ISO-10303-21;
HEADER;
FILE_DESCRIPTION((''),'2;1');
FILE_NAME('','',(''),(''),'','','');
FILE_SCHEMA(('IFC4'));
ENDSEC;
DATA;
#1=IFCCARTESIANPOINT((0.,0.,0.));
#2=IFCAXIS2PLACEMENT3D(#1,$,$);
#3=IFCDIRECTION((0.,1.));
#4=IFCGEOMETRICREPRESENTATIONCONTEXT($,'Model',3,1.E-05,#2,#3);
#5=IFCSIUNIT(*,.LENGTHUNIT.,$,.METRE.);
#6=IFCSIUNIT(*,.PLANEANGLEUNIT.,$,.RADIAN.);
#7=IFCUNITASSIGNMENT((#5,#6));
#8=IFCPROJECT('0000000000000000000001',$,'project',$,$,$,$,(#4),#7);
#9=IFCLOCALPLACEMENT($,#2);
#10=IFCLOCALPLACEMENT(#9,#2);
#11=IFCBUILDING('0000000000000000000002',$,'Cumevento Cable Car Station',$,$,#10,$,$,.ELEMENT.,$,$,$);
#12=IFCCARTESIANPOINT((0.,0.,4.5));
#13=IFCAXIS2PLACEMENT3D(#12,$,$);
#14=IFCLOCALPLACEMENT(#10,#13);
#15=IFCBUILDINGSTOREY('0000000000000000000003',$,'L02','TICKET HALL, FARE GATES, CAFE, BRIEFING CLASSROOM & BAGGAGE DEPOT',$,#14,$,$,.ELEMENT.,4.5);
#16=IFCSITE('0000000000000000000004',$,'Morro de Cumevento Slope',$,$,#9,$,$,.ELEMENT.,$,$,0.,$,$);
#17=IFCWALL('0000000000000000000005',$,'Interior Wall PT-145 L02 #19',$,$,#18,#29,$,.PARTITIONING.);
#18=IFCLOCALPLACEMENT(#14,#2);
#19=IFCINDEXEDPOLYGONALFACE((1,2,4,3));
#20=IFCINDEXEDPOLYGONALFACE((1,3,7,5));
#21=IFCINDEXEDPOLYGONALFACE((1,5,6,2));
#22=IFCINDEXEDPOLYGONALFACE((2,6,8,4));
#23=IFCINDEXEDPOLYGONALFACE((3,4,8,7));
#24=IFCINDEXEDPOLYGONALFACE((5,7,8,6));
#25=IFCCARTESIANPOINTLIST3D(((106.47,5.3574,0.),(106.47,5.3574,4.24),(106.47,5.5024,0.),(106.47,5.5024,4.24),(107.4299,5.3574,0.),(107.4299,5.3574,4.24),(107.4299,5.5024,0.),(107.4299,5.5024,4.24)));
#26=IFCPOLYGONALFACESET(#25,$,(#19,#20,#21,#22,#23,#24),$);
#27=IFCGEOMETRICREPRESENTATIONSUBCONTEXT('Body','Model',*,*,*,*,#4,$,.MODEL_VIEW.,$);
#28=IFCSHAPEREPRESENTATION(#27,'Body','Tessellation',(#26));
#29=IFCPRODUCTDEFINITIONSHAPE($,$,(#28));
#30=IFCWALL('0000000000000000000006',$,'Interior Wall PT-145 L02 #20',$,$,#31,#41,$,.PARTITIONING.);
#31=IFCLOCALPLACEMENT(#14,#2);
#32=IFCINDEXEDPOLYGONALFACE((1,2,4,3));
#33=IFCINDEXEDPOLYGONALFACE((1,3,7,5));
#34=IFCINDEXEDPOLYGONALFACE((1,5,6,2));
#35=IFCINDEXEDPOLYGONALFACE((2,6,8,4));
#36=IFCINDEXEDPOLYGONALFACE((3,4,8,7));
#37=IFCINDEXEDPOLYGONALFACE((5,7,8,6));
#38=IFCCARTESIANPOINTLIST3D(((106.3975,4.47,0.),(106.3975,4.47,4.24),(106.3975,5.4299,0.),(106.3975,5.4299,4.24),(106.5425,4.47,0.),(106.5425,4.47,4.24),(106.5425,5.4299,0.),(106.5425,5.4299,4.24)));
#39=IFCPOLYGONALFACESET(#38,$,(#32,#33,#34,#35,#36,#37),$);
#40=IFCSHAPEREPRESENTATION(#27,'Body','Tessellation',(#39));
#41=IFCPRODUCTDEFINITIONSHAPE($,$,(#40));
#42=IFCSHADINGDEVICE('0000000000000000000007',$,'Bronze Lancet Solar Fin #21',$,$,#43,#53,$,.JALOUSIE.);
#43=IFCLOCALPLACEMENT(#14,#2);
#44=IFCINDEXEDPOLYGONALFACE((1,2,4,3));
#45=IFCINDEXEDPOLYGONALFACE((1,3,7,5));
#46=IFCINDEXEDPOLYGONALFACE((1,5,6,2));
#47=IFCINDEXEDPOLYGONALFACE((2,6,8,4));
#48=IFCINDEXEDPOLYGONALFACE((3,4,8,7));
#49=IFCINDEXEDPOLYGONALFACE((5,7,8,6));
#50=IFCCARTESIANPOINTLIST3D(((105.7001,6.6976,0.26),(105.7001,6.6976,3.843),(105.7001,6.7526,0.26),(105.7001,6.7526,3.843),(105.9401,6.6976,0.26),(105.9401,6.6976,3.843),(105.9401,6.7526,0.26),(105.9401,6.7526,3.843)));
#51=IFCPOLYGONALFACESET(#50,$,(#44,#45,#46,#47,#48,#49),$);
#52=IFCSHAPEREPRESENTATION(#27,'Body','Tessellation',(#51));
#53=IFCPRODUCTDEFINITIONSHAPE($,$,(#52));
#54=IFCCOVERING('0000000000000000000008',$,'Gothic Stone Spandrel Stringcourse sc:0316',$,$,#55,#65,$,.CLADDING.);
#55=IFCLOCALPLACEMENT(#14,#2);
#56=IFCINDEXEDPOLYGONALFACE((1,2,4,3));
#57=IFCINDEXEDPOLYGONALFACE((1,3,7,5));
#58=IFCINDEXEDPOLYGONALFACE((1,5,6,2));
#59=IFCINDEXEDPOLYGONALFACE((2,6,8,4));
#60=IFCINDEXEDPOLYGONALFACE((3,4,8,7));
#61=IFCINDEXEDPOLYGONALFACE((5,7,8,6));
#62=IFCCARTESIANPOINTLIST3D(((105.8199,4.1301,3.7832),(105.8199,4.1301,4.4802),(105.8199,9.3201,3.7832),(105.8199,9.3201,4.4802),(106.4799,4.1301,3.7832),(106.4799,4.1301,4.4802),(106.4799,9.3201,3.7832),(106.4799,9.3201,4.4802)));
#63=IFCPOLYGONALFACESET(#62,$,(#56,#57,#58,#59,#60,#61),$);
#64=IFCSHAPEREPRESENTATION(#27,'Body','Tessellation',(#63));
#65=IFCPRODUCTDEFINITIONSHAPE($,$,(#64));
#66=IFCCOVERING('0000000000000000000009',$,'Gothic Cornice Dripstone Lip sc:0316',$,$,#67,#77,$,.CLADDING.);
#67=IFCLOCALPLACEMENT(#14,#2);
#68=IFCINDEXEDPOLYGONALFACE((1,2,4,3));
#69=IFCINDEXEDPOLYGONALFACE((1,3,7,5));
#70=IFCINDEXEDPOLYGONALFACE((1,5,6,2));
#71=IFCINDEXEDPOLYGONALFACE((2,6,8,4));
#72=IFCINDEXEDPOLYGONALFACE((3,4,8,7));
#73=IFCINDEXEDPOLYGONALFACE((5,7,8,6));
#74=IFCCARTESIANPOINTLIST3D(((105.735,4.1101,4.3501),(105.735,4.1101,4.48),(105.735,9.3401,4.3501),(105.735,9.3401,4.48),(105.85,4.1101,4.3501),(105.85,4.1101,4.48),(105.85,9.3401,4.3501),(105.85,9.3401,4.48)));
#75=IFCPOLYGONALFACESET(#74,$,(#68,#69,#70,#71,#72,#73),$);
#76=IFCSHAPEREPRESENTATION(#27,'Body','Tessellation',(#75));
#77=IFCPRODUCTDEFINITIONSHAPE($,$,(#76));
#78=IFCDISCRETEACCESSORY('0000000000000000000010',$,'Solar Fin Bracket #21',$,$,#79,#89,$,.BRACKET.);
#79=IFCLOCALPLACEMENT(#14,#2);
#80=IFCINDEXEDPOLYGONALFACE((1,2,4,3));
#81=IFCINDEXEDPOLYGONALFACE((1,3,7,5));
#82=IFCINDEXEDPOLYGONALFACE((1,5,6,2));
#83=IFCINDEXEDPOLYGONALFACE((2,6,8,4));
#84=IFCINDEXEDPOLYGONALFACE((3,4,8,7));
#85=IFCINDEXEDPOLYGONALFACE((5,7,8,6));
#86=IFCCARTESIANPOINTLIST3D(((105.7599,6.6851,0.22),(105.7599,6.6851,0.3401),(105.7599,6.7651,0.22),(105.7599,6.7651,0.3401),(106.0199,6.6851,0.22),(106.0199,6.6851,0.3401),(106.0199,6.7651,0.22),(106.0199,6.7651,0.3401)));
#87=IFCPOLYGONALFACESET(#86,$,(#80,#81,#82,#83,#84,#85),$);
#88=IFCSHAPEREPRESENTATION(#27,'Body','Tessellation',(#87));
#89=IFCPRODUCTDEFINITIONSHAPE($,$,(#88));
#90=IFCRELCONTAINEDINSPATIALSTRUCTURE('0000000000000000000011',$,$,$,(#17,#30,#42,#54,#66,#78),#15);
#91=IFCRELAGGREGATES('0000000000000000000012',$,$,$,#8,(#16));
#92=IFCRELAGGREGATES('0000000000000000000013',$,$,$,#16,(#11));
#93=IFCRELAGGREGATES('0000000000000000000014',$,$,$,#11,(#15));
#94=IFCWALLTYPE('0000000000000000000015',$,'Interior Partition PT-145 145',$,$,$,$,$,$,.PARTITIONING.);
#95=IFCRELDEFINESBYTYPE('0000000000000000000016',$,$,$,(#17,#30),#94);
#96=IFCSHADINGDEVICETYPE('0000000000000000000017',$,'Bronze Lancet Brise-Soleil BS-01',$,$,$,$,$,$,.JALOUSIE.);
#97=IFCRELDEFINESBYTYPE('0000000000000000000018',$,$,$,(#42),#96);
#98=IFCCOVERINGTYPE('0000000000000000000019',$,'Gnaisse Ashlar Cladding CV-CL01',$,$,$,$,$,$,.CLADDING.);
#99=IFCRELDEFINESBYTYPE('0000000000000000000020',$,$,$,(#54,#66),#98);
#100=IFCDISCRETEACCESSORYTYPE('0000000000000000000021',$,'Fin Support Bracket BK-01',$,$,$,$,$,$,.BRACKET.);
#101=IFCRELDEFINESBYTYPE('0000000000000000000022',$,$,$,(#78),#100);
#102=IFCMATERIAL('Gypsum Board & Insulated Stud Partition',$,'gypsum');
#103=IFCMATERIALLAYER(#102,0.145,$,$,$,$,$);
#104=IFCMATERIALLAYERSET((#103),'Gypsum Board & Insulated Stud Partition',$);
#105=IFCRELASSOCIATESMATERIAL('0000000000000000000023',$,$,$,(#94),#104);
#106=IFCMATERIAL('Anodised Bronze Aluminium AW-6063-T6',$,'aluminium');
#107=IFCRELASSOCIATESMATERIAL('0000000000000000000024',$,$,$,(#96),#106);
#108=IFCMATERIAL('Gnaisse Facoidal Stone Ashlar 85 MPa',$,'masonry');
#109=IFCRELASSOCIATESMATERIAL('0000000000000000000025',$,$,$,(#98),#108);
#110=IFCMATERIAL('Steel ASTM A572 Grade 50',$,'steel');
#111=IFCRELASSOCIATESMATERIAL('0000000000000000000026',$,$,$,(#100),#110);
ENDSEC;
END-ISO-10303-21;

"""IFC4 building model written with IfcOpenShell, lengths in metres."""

from ifc_helpers import new_model, si_unit, direction, frame, frame_2d, origin, origin_2d, place, context, subcontext, project, spatial, rectangle, extrude, material, layer, layer_set, type_object, element, save


model = new_model("IFC4")

# Units and contexts
model_context = context("Model", 3, precision=1e-05, world=origin(), true_north=direction((0.0, 1.0)))
body_context = subcontext(model_context, "Body", "Model", "MODEL_VIEW")
ifc_project = project(units=[si_unit("LENGTHUNIT", "METRE"), si_unit("PLANEANGLEUNIT", "RADIAN")], contexts=[model_context])

# Site, building, storey
site_placement = place(None, origin())
site = spatial("IfcSite", under=ifc_project, at=site_placement, Name="Morro de Cumevento Slope", CompositionType="ELEMENT", RefElevation=0.0)
building_placement = place(site_placement, origin())
building = spatial("IfcBuilding", under=site, at=building_placement, Name="Cumevento Cable Car Station", CompositionType="ELEMENT")
storey_placement = place(building_placement, frame((0.0, 0.0, 4.5)))
storey = spatial("IfcBuildingStorey", under=building, at=storey_placement, Name="L02", Description="TICKET HALL, FARE GATES, CAFE, BRIEFING CLASSROOM & BAGGAGE DEPOT", CompositionType="ELEMENT", Elevation=4.5)

# Walls
ifc_material_1 = material(Name="Gypsum Board & Insulated Stud Partition", Category="gypsum")
ifc_layer_1 = layer(ifc_material_1, 0.145)
ifc_layer_set_1 = layer_set([ifc_layer_1], Name="Gypsum Board & Insulated Stud Partition")
wall_type = type_object("IfcWallType", Name="Interior Partition PT-145 145", PredefinedType="PARTITIONING", material=ifc_layer_set_1)
for number, where, z_axis, x_axis, name in (
    (1, (107.4299, 5.4299, 0.0), (0.0, 0.0, 1.0), (-1.0, 0.0, 0.0), "Interior Wall PT-145 L02 #19"),
    (2, (106.47, 5.4299, 0.0), (0.0, 0.0, 1.0), (0.0, -1.0, 0.0), "Interior Wall PT-145 L02 #20"),
):
    element("IfcWall", number, at=place(storey_placement, frame(where, z_axis=z_axis, x_axis=x_axis)), inside=storey, type_object=wall_type, Name=name, PredefinedType="PARTITIONING", context=body_context, shape_type="SweptSolid", body=[
        extrude(rectangle(XDim=0.96, YDim=0.145, at=frame_2d((0.48, 0.0))), origin(), (0.0, 0.0, 1.0), 4.24),
    ])

# Shading device
ifc_material_2 = material(Name="Anodised Bronze Aluminium AW-6063-T6", Category="aluminium")
shading_device_type = type_object("IfcShadingDeviceType", Name="Bronze Lancet Brise-Soleil BS-01", PredefinedType="JALOUSIE", material=ifc_material_2)
shading_device_placement = place(storey_placement, frame((105.8201, 6.7251, 0.26), z_axis=(0.0, 0.0, 1.0), x_axis=(0.0, 1.0, 0.0)))
element("IfcShadingDevice", 3, at=shading_device_placement, inside=storey, type_object=shading_device_type, Name="Bronze Lancet Solar Fin #21", PredefinedType="JALOUSIE", context=body_context, shape_type="SweptSolid", body=[
    extrude(rectangle(XDim=0.0549, YDim=0.24, at=origin_2d()), origin(), (0.0, 0.0, 1.0), 3.583),
])

# Coverings
ifc_material_3 = material(Name="Gnaisse Facoidal Stone Ashlar 85 MPa", Category="masonry")
covering_type = type_object("IfcCoveringType", Name="Gnaisse Ashlar Cladding CV-CL01", PredefinedType="CLADDING", material=ifc_material_3)
covering_1_placement = place(storey_placement, frame((106.1499, 6.7251, 3.7832), z_axis=(0.0, 0.0, 1.0), x_axis=(0.0, 1.0, 0.0)))
element("IfcCovering", 4, at=covering_1_placement, inside=storey, type_object=covering_type, Name="Gothic Stone Spandrel Stringcourse sc:0316", PredefinedType="CLADDING", context=body_context, shape_type="SweptSolid", body=[
    extrude(rectangle(XDim=5.1899, YDim=0.6599, at=origin_2d()), origin(), (0.0, 0.0, 1.0), 0.697),
])
covering_2_placement = place(storey_placement, frame((105.7925, 6.7251, 4.3501), z_axis=(0.0, 0.0, 1.0), x_axis=(0.0, 1.0, 0.0)))
element("IfcCovering", 5, at=covering_2_placement, inside=storey, type_object=covering_type, Name="Gothic Cornice Dripstone Lip sc:0316", PredefinedType="CLADDING", context=body_context, shape_type="SweptSolid", body=[
    extrude(rectangle(XDim=5.23, YDim=0.115, at=origin_2d()), origin(), (0.0, 0.0, 1.0), 0.1299),
])

# Discrete accessory
ifc_material_4 = material(Name="Steel ASTM A572 Grade 50", Category="steel")
discrete_accessory_type = type_object("IfcDiscreteAccessoryType", Name="Fin Support Bracket BK-01", PredefinedType="BRACKET", material=ifc_material_4)
discrete_accessory_placement = place(storey_placement, frame((105.8899, 6.7251, 0.22), z_axis=(0.0, 0.0, 1.0), x_axis=(0.0, 1.0, 0.0)))
element("IfcDiscreteAccessory", 6, at=discrete_accessory_placement, inside=storey, type_object=discrete_accessory_type, Name="Solar Fin Bracket #21", PredefinedType="BRACKET", context=body_context, shape_type="SweptSolid", body=[
    extrude(rectangle(XDim=0.0801, YDim=0.26, at=origin_2d()), origin(), (0.0, 0.0, 1.0), 0.1201),
])

save(model, "model.ifc")
